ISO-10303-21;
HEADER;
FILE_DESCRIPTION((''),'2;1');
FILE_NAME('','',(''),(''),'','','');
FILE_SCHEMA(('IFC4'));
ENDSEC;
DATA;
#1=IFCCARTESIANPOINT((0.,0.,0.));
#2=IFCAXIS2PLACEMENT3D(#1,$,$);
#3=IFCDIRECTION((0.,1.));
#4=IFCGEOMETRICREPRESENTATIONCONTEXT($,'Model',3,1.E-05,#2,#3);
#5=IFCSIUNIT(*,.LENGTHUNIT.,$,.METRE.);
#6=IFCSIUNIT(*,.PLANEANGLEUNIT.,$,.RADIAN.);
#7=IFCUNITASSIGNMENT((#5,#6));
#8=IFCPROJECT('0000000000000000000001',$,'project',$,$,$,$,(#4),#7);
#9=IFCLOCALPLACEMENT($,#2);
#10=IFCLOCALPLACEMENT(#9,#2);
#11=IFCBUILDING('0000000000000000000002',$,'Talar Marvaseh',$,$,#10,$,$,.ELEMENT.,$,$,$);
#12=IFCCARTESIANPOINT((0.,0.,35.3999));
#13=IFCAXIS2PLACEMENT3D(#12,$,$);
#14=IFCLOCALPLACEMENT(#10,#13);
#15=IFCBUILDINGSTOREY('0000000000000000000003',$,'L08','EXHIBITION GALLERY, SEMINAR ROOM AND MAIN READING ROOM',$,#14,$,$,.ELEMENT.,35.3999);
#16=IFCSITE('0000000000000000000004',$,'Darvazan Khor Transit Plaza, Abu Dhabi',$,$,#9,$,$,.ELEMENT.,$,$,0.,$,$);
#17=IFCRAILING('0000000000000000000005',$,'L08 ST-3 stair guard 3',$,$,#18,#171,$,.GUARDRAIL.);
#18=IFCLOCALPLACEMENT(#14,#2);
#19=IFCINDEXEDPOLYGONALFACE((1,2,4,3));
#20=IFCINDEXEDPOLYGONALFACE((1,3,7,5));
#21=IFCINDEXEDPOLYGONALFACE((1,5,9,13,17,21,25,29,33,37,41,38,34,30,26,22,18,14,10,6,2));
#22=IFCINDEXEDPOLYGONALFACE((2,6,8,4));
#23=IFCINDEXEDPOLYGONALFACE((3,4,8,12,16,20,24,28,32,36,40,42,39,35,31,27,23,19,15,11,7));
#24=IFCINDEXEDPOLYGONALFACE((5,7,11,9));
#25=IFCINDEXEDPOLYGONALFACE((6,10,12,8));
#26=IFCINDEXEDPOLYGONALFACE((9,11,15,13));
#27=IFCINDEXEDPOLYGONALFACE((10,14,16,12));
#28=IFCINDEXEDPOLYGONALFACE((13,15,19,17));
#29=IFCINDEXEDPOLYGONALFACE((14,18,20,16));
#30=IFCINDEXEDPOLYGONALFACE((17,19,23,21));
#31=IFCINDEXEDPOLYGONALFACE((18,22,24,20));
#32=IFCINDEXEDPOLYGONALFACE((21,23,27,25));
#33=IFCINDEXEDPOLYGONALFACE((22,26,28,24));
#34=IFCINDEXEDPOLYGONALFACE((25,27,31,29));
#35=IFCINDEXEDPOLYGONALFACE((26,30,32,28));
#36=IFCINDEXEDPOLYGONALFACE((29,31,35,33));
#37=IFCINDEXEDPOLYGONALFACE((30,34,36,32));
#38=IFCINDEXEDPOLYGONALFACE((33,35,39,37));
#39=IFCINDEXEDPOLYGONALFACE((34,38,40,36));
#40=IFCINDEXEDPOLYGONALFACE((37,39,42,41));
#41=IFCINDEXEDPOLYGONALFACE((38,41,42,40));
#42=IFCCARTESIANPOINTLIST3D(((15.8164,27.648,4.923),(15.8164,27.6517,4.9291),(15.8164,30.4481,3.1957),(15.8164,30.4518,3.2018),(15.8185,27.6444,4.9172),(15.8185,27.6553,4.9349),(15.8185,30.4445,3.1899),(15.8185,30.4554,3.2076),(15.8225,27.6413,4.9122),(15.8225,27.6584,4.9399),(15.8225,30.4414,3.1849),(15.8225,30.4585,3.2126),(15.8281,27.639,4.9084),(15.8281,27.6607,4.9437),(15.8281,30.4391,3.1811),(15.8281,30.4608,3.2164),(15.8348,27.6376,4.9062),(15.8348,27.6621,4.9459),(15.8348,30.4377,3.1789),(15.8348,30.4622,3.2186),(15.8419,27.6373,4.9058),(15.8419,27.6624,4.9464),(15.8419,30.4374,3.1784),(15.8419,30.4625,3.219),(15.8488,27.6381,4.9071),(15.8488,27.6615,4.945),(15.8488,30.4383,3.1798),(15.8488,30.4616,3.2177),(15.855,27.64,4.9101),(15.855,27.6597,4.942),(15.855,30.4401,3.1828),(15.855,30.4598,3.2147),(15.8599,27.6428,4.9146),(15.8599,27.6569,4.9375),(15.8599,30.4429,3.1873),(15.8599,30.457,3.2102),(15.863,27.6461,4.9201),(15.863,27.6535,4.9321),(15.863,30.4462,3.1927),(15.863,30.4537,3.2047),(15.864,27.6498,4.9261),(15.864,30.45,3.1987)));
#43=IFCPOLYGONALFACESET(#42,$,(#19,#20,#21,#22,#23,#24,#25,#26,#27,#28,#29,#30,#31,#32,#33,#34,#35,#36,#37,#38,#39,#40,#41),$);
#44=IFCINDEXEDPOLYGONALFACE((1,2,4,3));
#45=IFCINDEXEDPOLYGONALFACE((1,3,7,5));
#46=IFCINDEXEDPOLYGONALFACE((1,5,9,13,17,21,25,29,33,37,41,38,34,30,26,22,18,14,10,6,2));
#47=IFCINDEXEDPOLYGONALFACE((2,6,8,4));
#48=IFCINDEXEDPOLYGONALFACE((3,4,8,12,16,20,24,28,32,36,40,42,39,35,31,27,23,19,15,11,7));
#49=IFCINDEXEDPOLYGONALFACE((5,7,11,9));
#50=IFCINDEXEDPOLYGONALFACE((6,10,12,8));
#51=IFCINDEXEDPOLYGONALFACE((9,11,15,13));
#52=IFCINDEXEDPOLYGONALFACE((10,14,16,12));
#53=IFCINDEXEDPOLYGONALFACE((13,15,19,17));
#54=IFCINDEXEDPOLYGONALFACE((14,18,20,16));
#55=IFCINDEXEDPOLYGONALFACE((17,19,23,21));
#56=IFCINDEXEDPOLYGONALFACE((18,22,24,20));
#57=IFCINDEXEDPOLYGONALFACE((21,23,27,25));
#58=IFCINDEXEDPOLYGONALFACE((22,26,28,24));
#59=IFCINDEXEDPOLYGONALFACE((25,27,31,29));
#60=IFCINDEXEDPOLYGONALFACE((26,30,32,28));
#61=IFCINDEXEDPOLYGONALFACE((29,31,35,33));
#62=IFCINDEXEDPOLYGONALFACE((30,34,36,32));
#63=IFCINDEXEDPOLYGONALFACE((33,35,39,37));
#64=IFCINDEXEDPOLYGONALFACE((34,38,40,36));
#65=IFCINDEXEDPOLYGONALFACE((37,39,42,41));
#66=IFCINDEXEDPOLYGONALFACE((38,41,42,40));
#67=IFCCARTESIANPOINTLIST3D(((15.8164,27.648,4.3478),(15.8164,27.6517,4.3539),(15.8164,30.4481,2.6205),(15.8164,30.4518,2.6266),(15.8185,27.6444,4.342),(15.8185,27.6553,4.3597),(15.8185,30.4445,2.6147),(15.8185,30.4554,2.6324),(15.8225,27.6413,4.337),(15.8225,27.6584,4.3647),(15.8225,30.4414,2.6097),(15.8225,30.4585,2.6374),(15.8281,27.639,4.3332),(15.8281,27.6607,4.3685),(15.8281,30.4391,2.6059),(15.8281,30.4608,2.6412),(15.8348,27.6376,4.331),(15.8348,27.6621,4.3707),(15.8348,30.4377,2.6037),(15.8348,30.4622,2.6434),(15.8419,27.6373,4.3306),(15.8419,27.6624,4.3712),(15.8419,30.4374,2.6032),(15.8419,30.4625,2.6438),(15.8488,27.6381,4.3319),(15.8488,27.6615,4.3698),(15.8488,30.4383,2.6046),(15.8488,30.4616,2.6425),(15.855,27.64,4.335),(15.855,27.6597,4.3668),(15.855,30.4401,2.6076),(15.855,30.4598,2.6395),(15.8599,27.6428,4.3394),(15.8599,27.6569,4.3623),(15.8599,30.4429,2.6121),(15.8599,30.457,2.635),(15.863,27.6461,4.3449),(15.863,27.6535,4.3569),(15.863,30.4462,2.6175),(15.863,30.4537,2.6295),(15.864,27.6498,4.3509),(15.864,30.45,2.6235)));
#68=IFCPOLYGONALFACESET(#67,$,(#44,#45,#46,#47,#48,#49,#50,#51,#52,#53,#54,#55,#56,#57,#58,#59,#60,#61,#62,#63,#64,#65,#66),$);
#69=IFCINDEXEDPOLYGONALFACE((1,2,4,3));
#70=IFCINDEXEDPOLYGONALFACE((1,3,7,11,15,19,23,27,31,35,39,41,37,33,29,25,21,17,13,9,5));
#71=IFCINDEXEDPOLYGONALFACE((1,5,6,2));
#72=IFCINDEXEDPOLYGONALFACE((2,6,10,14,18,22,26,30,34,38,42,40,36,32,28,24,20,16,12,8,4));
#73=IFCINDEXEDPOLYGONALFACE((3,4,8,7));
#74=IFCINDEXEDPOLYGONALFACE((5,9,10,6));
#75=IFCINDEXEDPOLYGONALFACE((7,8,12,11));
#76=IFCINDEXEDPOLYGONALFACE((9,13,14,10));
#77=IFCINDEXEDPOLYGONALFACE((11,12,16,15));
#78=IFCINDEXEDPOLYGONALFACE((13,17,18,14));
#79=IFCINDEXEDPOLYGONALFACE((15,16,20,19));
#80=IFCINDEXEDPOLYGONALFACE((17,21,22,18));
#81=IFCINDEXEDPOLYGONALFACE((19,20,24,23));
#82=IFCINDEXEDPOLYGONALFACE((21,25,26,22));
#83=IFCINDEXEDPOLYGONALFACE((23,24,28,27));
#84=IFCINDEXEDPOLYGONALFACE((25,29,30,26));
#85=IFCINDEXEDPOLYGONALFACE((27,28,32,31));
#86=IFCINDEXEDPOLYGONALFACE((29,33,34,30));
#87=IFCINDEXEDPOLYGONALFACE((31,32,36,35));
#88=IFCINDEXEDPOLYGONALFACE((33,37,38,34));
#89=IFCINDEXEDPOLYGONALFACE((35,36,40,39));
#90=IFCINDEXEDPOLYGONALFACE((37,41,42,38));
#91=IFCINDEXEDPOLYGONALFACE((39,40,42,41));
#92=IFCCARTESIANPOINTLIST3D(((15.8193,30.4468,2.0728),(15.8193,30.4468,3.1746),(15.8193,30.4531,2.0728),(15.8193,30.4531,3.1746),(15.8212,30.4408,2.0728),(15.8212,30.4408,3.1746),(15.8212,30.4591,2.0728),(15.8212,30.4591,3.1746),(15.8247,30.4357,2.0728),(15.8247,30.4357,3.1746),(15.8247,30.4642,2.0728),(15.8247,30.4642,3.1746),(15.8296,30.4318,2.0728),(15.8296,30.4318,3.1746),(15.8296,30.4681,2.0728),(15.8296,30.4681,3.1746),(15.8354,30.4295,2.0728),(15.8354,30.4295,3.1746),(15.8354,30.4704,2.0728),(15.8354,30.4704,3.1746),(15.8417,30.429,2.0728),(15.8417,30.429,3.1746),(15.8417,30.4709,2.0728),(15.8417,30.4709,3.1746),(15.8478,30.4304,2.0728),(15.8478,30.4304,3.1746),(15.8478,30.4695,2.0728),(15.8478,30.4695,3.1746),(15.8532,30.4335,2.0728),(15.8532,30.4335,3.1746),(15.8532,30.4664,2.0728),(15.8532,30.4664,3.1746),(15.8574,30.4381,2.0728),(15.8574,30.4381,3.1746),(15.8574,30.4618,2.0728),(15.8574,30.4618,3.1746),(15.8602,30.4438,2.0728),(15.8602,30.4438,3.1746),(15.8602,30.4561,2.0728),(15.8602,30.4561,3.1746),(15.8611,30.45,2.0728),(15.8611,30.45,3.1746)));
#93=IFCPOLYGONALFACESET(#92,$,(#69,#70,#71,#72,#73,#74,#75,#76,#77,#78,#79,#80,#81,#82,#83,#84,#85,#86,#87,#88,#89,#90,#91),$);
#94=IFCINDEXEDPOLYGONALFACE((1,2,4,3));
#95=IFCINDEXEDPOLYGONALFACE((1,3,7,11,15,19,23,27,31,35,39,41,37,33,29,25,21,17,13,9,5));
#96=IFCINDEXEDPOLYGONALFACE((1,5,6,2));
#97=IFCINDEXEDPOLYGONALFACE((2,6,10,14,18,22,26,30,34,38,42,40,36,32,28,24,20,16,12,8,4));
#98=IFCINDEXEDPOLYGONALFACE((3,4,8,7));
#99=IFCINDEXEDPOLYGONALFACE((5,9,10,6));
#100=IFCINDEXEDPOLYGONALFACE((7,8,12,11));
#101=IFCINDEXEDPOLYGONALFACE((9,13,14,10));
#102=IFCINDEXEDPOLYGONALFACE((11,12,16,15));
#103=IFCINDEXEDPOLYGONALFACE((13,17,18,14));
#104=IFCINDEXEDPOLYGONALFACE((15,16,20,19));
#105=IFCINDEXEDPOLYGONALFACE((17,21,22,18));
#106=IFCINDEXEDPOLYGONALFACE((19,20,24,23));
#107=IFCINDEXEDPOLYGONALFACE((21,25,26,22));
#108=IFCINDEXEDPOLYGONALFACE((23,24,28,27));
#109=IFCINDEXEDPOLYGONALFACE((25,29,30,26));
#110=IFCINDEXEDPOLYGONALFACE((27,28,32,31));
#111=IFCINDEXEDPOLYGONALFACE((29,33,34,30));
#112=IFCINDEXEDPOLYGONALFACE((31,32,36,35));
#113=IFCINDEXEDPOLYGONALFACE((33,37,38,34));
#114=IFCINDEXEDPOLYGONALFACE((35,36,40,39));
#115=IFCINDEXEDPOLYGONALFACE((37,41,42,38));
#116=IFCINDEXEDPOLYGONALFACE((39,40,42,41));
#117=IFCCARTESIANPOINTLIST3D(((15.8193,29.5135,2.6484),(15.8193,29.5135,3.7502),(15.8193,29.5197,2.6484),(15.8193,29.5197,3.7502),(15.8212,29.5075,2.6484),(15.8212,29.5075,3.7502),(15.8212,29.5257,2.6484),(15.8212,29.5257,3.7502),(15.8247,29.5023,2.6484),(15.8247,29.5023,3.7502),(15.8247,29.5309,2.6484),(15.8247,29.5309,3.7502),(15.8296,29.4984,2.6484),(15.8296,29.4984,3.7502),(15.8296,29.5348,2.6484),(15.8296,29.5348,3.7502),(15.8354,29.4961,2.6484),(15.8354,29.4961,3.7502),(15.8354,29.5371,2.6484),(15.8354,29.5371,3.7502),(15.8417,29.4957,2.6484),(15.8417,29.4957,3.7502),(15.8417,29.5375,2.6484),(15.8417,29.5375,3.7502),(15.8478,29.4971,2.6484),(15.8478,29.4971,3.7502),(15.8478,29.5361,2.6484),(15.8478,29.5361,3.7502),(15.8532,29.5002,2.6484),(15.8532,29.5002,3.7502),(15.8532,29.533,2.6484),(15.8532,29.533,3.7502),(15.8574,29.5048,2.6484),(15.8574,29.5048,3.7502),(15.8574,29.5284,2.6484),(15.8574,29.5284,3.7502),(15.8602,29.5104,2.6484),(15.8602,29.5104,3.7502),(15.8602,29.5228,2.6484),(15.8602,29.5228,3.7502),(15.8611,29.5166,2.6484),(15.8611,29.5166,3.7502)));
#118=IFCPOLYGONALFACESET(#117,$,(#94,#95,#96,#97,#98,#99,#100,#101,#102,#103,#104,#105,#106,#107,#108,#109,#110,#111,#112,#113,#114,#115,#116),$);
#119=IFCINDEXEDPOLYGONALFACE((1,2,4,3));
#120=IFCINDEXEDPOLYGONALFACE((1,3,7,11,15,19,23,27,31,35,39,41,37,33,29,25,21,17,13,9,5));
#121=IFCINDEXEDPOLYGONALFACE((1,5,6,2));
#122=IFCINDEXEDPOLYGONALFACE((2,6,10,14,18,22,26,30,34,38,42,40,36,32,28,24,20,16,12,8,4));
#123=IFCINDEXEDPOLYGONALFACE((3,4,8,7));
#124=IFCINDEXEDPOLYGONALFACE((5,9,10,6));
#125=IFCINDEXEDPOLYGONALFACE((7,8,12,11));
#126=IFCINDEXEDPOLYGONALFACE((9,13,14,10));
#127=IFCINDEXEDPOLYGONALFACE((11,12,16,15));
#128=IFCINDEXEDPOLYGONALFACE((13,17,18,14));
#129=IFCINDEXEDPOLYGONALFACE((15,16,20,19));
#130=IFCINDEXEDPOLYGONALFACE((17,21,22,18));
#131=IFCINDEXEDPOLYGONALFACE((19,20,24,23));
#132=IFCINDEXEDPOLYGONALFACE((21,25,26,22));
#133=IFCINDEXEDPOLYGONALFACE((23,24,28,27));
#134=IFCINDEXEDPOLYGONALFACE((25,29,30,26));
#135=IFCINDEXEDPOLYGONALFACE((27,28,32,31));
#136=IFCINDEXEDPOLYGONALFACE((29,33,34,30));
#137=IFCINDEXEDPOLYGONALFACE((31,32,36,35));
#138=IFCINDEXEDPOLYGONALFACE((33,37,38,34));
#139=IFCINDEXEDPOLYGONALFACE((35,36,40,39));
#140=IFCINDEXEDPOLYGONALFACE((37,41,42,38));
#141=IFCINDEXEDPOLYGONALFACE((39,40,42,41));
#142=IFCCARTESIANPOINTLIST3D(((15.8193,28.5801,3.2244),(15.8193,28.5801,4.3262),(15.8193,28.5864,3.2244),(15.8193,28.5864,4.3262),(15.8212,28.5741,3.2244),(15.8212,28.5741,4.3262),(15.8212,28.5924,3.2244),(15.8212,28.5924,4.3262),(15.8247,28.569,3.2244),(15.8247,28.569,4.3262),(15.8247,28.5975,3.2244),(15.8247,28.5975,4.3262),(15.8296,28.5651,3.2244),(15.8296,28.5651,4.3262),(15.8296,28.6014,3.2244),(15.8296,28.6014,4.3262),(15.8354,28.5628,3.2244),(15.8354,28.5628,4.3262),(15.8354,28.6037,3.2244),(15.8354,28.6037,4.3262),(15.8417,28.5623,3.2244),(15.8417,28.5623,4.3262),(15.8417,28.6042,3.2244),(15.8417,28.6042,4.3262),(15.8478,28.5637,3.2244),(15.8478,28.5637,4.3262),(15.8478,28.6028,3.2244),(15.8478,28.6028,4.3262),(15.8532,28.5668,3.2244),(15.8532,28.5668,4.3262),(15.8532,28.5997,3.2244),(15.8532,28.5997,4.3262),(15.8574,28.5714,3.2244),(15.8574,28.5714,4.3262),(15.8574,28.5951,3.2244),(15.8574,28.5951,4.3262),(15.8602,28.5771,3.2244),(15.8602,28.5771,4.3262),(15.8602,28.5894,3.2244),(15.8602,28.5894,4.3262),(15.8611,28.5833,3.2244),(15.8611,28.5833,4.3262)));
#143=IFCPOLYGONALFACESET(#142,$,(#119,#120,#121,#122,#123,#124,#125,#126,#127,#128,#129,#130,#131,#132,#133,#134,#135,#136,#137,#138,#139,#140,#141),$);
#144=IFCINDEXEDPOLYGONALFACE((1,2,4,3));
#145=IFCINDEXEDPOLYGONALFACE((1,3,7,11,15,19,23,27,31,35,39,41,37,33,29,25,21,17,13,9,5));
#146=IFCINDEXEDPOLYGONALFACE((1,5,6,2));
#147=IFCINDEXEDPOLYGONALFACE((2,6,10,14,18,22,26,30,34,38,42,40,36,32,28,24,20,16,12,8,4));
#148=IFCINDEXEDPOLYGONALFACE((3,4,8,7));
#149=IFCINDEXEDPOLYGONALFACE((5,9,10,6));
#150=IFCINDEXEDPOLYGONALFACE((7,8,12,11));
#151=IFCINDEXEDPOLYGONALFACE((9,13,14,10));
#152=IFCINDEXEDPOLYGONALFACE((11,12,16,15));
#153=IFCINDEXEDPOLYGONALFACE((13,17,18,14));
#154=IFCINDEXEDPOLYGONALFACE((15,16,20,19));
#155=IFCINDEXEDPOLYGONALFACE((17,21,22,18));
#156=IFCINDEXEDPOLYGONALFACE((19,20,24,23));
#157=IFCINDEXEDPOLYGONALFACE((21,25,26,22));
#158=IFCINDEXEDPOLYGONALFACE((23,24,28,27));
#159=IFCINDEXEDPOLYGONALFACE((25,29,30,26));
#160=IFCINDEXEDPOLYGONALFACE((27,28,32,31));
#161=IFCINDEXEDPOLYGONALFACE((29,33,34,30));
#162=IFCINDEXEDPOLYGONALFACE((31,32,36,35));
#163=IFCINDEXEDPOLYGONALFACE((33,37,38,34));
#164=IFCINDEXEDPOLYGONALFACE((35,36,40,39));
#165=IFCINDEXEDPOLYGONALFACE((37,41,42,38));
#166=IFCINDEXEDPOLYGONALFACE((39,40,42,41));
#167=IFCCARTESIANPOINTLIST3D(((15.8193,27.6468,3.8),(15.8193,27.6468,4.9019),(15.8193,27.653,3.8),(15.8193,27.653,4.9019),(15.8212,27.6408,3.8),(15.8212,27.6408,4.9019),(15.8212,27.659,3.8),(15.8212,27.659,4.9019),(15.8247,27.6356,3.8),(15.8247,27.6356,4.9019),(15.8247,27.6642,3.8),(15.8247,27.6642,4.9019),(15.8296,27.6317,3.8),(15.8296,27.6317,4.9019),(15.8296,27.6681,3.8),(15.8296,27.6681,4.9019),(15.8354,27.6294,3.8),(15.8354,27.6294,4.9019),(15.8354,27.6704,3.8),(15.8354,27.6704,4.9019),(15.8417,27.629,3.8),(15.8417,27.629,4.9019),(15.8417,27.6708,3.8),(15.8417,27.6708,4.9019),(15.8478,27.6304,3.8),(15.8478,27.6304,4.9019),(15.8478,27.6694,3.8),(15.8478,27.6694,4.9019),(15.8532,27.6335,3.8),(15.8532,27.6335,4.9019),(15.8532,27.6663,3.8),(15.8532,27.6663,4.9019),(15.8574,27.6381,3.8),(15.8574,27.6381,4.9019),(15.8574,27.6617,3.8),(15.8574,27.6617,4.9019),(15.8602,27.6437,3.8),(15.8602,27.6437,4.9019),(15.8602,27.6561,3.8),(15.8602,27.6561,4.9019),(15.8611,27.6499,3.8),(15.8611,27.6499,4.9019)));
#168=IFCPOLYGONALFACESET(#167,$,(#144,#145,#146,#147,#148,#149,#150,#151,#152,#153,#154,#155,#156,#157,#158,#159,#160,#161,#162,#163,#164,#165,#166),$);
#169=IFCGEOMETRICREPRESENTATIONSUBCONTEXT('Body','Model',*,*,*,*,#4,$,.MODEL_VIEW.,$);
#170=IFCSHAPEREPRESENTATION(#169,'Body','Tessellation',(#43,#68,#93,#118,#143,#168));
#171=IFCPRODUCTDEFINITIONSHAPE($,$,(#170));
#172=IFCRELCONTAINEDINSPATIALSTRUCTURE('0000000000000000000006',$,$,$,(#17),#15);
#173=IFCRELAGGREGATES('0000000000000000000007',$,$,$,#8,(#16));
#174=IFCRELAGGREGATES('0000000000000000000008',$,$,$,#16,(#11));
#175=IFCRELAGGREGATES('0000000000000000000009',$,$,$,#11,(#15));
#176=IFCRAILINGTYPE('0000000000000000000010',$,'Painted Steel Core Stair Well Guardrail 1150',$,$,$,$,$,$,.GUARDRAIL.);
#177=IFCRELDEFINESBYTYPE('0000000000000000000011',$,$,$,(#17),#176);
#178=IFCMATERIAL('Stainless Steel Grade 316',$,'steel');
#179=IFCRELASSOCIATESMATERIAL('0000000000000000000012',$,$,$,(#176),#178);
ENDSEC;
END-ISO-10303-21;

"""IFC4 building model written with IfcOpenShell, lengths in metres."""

from ifc_helpers import new_model, si_unit, direction, frame, origin, origin_2d, place, context, subcontext, project, spatial, circle, extrude, material, type_object, element, save


model = new_model("IFC4")

# Units and contexts
model_context = context("Model", 3, precision=1e-05, world=origin(), true_north=direction((0.0, 1.0)))
body_context = subcontext(model_context, "Body", "Model", "MODEL_VIEW")
ifc_project = project(units=[si_unit("LENGTHUNIT", "METRE"), si_unit("PLANEANGLEUNIT", "RADIAN")], contexts=[model_context])

# Site, building, storey
site_placement = place(None, origin())
site = spatial("IfcSite", under=ifc_project, at=site_placement, Name="Darvazan Khor Transit Plaza, Abu Dhabi", CompositionType="ELEMENT", RefElevation=0.0)
building_placement = place(site_placement, origin())
building = spatial("IfcBuilding", under=site, at=building_placement, Name="Talar Marvaseh", CompositionType="ELEMENT")
storey_placement = place(building_placement, frame((0.0, 0.0, 35.3999)))
storey = spatial("IfcBuildingStorey", under=building, at=storey_placement, Name="L08", Description="EXHIBITION GALLERY, SEMINAR ROOM AND MAIN READING ROOM", CompositionType="ELEMENT", Elevation=35.3999)

# Railing
ifc_material_1 = material(Name="Stainless Steel Grade 316", Category="steel")
railing_type_1 = type_object("IfcRailingType", Name="Painted Steel Core Stair Well Guardrail 1150", PredefinedType="GUARDRAIL", material=ifc_material_1)
railing_1_placement = place(storey_placement, frame((15.8401, 30.45, 2.0728)))
element("IfcRailing", 1, at=railing_1_placement, inside=storey, type_object=railing_type_1, Name="L08 ST-3 stair guard 3", PredefinedType="GUARDRAIL", context=body_context, shape_type="SweptSolid", body=[
    extrude(circle(Radius=0.0239, at=origin_2d()), frame((0.0, 0.0, 1.126), z_axis=(0.0, -0.85109, 0.52502), x_axis=(1.0, 0.0, 0.0)), (0.0, 0.0, 1.0), 3.29),
    extrude(circle(Radius=0.0239, at=origin_2d()), frame((0.0, 0.0, 0.5508), z_axis=(0.0, -0.85109, 0.52502), x_axis=(1.0, 0.0, 0.0)), (0.0, 0.0, 1.0), 3.29),
    extrude(circle(Radius=0.021, at=origin_2d()), origin(), (0.0, 0.0, 1.0), 1.1018),
    extrude(circle(Radius=0.021, at=origin_2d()), frame((0.0, -0.9333, 0.5757)), (0.0, 0.0, 1.0), 1.1018),
    extrude(circle(Radius=0.021, at=origin_2d()), frame((0.0, -1.8667, 1.1516)), (0.0, 0.0, 1.0), 1.1018),
    extrude(circle(Radius=0.021, at=origin_2d()), frame((0.0, -2.8, 1.7273)), (0.0, 0.0, 1.0), 1.1018),
])

save(model, "model.ifc")
